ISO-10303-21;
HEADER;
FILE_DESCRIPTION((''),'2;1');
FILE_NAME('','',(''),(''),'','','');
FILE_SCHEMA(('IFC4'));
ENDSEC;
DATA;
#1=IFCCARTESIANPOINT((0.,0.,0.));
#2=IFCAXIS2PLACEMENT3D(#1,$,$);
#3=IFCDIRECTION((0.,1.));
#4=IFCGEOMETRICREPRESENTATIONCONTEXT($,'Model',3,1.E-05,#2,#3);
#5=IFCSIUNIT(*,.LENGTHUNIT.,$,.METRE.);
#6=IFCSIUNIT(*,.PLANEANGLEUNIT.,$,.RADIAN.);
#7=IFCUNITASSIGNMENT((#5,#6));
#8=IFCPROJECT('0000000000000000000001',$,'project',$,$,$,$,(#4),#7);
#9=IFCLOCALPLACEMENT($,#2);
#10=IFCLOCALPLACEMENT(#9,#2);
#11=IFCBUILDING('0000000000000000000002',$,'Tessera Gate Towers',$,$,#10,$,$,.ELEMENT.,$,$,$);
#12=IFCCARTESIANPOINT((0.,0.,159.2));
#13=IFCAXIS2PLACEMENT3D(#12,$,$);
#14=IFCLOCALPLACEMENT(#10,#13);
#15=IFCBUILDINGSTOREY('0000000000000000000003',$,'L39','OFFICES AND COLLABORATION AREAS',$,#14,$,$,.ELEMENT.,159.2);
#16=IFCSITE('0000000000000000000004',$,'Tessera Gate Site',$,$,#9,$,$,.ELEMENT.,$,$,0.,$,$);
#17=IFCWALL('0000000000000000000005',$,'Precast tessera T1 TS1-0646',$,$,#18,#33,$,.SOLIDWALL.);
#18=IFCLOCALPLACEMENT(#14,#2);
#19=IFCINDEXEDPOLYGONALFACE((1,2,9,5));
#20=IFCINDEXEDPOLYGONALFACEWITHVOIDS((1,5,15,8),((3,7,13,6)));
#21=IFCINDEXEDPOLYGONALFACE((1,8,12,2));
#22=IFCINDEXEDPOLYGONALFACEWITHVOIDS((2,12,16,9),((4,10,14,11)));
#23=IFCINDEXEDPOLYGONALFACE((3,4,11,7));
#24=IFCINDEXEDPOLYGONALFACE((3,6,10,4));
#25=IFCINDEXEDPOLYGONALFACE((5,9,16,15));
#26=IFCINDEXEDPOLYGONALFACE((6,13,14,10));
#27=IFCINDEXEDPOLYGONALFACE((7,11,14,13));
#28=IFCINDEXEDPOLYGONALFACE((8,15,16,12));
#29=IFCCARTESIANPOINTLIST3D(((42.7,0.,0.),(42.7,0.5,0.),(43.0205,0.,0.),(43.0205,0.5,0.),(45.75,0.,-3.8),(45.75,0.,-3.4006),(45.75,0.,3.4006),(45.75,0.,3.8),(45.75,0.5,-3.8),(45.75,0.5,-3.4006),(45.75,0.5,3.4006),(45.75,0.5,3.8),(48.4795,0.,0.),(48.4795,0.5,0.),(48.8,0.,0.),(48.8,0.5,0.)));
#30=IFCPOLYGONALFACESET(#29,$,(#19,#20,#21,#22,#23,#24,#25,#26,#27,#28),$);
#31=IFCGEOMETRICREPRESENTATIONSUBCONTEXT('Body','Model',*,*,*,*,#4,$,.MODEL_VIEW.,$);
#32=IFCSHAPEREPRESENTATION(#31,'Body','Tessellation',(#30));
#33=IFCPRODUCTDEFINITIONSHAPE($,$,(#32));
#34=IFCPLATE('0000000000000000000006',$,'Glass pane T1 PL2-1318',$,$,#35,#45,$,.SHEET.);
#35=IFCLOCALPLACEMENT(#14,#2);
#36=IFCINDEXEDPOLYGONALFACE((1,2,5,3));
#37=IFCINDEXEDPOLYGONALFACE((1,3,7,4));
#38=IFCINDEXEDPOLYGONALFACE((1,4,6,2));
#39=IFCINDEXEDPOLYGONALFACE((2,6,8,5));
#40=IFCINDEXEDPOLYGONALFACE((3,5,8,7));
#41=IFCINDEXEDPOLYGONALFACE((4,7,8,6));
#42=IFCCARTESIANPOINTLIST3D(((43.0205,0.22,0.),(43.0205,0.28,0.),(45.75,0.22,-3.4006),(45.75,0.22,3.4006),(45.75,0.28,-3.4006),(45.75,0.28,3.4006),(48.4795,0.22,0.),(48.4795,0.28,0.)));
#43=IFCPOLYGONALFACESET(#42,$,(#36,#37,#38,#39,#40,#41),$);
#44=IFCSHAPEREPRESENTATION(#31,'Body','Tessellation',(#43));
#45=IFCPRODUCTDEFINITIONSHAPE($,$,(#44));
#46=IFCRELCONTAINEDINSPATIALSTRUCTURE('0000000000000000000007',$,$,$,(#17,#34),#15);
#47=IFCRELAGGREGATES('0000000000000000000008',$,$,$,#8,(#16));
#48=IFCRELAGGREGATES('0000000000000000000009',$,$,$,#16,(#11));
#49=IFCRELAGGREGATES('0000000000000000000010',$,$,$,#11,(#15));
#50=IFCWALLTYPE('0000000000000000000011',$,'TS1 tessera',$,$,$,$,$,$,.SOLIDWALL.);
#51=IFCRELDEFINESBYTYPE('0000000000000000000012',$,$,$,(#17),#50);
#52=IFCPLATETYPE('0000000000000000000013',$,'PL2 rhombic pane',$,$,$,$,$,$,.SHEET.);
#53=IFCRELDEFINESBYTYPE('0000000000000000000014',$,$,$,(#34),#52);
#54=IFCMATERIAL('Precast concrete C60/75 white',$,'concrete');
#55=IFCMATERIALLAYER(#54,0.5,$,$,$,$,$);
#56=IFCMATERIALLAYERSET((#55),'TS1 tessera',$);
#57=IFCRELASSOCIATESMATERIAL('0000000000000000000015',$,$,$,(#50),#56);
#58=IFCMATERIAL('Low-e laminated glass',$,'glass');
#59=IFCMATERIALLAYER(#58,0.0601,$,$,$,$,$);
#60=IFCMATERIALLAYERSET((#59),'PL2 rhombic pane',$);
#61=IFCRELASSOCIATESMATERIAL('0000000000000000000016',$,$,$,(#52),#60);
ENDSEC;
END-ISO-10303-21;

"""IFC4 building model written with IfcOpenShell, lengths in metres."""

from ifc_helpers import new_model, si_unit, direction, frame, origin, place, context, subcontext, project, spatial, polyline, outline, extrude, source, transform, mapped, material, layer, layer_set, type_object, element, fill, save


model = new_model("IFC4")

# Units and contexts
model_context = context("Model", 3, precision=1e-05, world=origin(), true_north=direction((0.0, 1.0)))
body_context = subcontext(model_context, "Body", "Model", "MODEL_VIEW")
ifc_project = project(units=[si_unit("LENGTHUNIT", "METRE"), si_unit("PLANEANGLEUNIT", "RADIAN")], contexts=[model_context])

# Site, building, storey
site_placement = place(None, origin())
site = spatial("IfcSite", under=ifc_project, at=site_placement, Name="Tessera Gate Site", CompositionType="ELEMENT", RefElevation=0.0)
building_placement = place(site_placement, origin())
building = spatial("IfcBuilding", under=site, at=building_placement, Name="Tessera Gate Towers", CompositionType="ELEMENT")
storey_placement = place(building_placement, frame((0.0, 0.0, 159.2)))
storey = spatial("IfcBuildingStorey", under=building, at=storey_placement, Name="L39", Description="OFFICES AND COLLABORATION AREAS", CompositionType="ELEMENT", Elevation=159.2)

# Wall, opening, plate
ifc_material_1 = material(Name="Precast concrete C60/75 white", Category="concrete")
ifc_layer_1 = layer(ifc_material_1, 0.5)
ifc_layer_set_1 = layer_set([ifc_layer_1], Name="TS1 tessera")
wall_type_1 = type_object("IfcWallType", Name="TS1 tessera", PredefinedType="SOLIDWALL", material=ifc_layer_set_1)
shared_shape_1 = source(origin(), body_context, "Body", "SweptSolid", [
    extrude(outline(polyline([(3.05, 0.0), (6.1001, 3.8), (3.05, 7.6001), (0.0, 3.8), (3.05, 0.0)])), frame((0.0, 0.25, 0.0), z_axis=(0.0, -1.0, 0.0), x_axis=(1.0, 0.0, 0.0)), (0.0, 0.0, 1.0), 0.5),
])
wall_1_placement = place(storey_placement, frame((42.7, 0.25, -3.8), z_axis=(0.0, 0.0, 1.0), x_axis=(1.0, 0.0, 0.0)))
wall_1 = element("IfcWall", 1, at=wall_1_placement, inside=storey, type_object=wall_type_1, Name="Precast tessera T1 TS1-0646", PredefinedType="SOLIDWALL", context=body_context, shape_type="MappedRepresentation", body=[
    mapped(shared_shape_1, transform((0.0, 0.0, 0.0), scale=1.0)),
])
shared_shape_2 = source(origin(), body_context, "Body", "SweptSolid", [
    extrude(outline(polyline([(3.05, 0.3994), (5.7795, 3.8), (3.05, 7.2007), (0.3206, 3.8), (3.05, 0.3994)])), frame((0.0, 0.26, 0.0), z_axis=(0.0, -1.0, 0.0), x_axis=(1.0, 0.0, 0.0)), (0.0, 0.0, 1.0), 0.52),
])
opening_1_placement = place(wall_1_placement, origin())
opening_1 = element("IfcOpeningElement", 2, at=opening_1_placement, cuts=wall_1, PredefinedType="OPENING", context=body_context, shape_type="MappedRepresentation", body=[
    mapped(shared_shape_2, transform((0.0, 0.0, 0.0), scale=1.0)),
])
ifc_material_2 = material(Name="Low-e laminated glass", Category="glass")
ifc_layer_2 = layer(ifc_material_2, 0.0601)
ifc_layer_set_2 = layer_set([ifc_layer_2], Name="PL2 rhombic pane")
plate_type = type_object("IfcPlateType", Name="PL2 rhombic pane", PredefinedType="SHEET", material=ifc_layer_set_2)
shared_shape_3 = source(origin(), body_context, "Body", "SweptSolid", [
    extrude(outline(polyline([(3.05, 0.3994), (5.7795, 3.8), (3.05, 7.2007), (0.3206, 3.8), (3.05, 0.3994)])), frame((0.0, 0.03, 0.0), z_axis=(0.0, -1.0, 0.0), x_axis=(1.0, 0.0, 0.0)), (0.0, 0.0, 1.0), 0.0601),
])
plate_placement = place(opening_1_placement, origin())
plate = element("IfcPlate", 3, at=plate_placement, inside=storey, type_object=plate_type, Name="Glass pane T1 PL2-1318", PredefinedType="SHEET", context=body_context, shape_type="MappedRepresentation", body=[
    mapped(shared_shape_3, transform((0.0, 0.0, 0.0), scale=1.0)),
])
fill(opening_1, plate)

save(model, "model.ifc")
